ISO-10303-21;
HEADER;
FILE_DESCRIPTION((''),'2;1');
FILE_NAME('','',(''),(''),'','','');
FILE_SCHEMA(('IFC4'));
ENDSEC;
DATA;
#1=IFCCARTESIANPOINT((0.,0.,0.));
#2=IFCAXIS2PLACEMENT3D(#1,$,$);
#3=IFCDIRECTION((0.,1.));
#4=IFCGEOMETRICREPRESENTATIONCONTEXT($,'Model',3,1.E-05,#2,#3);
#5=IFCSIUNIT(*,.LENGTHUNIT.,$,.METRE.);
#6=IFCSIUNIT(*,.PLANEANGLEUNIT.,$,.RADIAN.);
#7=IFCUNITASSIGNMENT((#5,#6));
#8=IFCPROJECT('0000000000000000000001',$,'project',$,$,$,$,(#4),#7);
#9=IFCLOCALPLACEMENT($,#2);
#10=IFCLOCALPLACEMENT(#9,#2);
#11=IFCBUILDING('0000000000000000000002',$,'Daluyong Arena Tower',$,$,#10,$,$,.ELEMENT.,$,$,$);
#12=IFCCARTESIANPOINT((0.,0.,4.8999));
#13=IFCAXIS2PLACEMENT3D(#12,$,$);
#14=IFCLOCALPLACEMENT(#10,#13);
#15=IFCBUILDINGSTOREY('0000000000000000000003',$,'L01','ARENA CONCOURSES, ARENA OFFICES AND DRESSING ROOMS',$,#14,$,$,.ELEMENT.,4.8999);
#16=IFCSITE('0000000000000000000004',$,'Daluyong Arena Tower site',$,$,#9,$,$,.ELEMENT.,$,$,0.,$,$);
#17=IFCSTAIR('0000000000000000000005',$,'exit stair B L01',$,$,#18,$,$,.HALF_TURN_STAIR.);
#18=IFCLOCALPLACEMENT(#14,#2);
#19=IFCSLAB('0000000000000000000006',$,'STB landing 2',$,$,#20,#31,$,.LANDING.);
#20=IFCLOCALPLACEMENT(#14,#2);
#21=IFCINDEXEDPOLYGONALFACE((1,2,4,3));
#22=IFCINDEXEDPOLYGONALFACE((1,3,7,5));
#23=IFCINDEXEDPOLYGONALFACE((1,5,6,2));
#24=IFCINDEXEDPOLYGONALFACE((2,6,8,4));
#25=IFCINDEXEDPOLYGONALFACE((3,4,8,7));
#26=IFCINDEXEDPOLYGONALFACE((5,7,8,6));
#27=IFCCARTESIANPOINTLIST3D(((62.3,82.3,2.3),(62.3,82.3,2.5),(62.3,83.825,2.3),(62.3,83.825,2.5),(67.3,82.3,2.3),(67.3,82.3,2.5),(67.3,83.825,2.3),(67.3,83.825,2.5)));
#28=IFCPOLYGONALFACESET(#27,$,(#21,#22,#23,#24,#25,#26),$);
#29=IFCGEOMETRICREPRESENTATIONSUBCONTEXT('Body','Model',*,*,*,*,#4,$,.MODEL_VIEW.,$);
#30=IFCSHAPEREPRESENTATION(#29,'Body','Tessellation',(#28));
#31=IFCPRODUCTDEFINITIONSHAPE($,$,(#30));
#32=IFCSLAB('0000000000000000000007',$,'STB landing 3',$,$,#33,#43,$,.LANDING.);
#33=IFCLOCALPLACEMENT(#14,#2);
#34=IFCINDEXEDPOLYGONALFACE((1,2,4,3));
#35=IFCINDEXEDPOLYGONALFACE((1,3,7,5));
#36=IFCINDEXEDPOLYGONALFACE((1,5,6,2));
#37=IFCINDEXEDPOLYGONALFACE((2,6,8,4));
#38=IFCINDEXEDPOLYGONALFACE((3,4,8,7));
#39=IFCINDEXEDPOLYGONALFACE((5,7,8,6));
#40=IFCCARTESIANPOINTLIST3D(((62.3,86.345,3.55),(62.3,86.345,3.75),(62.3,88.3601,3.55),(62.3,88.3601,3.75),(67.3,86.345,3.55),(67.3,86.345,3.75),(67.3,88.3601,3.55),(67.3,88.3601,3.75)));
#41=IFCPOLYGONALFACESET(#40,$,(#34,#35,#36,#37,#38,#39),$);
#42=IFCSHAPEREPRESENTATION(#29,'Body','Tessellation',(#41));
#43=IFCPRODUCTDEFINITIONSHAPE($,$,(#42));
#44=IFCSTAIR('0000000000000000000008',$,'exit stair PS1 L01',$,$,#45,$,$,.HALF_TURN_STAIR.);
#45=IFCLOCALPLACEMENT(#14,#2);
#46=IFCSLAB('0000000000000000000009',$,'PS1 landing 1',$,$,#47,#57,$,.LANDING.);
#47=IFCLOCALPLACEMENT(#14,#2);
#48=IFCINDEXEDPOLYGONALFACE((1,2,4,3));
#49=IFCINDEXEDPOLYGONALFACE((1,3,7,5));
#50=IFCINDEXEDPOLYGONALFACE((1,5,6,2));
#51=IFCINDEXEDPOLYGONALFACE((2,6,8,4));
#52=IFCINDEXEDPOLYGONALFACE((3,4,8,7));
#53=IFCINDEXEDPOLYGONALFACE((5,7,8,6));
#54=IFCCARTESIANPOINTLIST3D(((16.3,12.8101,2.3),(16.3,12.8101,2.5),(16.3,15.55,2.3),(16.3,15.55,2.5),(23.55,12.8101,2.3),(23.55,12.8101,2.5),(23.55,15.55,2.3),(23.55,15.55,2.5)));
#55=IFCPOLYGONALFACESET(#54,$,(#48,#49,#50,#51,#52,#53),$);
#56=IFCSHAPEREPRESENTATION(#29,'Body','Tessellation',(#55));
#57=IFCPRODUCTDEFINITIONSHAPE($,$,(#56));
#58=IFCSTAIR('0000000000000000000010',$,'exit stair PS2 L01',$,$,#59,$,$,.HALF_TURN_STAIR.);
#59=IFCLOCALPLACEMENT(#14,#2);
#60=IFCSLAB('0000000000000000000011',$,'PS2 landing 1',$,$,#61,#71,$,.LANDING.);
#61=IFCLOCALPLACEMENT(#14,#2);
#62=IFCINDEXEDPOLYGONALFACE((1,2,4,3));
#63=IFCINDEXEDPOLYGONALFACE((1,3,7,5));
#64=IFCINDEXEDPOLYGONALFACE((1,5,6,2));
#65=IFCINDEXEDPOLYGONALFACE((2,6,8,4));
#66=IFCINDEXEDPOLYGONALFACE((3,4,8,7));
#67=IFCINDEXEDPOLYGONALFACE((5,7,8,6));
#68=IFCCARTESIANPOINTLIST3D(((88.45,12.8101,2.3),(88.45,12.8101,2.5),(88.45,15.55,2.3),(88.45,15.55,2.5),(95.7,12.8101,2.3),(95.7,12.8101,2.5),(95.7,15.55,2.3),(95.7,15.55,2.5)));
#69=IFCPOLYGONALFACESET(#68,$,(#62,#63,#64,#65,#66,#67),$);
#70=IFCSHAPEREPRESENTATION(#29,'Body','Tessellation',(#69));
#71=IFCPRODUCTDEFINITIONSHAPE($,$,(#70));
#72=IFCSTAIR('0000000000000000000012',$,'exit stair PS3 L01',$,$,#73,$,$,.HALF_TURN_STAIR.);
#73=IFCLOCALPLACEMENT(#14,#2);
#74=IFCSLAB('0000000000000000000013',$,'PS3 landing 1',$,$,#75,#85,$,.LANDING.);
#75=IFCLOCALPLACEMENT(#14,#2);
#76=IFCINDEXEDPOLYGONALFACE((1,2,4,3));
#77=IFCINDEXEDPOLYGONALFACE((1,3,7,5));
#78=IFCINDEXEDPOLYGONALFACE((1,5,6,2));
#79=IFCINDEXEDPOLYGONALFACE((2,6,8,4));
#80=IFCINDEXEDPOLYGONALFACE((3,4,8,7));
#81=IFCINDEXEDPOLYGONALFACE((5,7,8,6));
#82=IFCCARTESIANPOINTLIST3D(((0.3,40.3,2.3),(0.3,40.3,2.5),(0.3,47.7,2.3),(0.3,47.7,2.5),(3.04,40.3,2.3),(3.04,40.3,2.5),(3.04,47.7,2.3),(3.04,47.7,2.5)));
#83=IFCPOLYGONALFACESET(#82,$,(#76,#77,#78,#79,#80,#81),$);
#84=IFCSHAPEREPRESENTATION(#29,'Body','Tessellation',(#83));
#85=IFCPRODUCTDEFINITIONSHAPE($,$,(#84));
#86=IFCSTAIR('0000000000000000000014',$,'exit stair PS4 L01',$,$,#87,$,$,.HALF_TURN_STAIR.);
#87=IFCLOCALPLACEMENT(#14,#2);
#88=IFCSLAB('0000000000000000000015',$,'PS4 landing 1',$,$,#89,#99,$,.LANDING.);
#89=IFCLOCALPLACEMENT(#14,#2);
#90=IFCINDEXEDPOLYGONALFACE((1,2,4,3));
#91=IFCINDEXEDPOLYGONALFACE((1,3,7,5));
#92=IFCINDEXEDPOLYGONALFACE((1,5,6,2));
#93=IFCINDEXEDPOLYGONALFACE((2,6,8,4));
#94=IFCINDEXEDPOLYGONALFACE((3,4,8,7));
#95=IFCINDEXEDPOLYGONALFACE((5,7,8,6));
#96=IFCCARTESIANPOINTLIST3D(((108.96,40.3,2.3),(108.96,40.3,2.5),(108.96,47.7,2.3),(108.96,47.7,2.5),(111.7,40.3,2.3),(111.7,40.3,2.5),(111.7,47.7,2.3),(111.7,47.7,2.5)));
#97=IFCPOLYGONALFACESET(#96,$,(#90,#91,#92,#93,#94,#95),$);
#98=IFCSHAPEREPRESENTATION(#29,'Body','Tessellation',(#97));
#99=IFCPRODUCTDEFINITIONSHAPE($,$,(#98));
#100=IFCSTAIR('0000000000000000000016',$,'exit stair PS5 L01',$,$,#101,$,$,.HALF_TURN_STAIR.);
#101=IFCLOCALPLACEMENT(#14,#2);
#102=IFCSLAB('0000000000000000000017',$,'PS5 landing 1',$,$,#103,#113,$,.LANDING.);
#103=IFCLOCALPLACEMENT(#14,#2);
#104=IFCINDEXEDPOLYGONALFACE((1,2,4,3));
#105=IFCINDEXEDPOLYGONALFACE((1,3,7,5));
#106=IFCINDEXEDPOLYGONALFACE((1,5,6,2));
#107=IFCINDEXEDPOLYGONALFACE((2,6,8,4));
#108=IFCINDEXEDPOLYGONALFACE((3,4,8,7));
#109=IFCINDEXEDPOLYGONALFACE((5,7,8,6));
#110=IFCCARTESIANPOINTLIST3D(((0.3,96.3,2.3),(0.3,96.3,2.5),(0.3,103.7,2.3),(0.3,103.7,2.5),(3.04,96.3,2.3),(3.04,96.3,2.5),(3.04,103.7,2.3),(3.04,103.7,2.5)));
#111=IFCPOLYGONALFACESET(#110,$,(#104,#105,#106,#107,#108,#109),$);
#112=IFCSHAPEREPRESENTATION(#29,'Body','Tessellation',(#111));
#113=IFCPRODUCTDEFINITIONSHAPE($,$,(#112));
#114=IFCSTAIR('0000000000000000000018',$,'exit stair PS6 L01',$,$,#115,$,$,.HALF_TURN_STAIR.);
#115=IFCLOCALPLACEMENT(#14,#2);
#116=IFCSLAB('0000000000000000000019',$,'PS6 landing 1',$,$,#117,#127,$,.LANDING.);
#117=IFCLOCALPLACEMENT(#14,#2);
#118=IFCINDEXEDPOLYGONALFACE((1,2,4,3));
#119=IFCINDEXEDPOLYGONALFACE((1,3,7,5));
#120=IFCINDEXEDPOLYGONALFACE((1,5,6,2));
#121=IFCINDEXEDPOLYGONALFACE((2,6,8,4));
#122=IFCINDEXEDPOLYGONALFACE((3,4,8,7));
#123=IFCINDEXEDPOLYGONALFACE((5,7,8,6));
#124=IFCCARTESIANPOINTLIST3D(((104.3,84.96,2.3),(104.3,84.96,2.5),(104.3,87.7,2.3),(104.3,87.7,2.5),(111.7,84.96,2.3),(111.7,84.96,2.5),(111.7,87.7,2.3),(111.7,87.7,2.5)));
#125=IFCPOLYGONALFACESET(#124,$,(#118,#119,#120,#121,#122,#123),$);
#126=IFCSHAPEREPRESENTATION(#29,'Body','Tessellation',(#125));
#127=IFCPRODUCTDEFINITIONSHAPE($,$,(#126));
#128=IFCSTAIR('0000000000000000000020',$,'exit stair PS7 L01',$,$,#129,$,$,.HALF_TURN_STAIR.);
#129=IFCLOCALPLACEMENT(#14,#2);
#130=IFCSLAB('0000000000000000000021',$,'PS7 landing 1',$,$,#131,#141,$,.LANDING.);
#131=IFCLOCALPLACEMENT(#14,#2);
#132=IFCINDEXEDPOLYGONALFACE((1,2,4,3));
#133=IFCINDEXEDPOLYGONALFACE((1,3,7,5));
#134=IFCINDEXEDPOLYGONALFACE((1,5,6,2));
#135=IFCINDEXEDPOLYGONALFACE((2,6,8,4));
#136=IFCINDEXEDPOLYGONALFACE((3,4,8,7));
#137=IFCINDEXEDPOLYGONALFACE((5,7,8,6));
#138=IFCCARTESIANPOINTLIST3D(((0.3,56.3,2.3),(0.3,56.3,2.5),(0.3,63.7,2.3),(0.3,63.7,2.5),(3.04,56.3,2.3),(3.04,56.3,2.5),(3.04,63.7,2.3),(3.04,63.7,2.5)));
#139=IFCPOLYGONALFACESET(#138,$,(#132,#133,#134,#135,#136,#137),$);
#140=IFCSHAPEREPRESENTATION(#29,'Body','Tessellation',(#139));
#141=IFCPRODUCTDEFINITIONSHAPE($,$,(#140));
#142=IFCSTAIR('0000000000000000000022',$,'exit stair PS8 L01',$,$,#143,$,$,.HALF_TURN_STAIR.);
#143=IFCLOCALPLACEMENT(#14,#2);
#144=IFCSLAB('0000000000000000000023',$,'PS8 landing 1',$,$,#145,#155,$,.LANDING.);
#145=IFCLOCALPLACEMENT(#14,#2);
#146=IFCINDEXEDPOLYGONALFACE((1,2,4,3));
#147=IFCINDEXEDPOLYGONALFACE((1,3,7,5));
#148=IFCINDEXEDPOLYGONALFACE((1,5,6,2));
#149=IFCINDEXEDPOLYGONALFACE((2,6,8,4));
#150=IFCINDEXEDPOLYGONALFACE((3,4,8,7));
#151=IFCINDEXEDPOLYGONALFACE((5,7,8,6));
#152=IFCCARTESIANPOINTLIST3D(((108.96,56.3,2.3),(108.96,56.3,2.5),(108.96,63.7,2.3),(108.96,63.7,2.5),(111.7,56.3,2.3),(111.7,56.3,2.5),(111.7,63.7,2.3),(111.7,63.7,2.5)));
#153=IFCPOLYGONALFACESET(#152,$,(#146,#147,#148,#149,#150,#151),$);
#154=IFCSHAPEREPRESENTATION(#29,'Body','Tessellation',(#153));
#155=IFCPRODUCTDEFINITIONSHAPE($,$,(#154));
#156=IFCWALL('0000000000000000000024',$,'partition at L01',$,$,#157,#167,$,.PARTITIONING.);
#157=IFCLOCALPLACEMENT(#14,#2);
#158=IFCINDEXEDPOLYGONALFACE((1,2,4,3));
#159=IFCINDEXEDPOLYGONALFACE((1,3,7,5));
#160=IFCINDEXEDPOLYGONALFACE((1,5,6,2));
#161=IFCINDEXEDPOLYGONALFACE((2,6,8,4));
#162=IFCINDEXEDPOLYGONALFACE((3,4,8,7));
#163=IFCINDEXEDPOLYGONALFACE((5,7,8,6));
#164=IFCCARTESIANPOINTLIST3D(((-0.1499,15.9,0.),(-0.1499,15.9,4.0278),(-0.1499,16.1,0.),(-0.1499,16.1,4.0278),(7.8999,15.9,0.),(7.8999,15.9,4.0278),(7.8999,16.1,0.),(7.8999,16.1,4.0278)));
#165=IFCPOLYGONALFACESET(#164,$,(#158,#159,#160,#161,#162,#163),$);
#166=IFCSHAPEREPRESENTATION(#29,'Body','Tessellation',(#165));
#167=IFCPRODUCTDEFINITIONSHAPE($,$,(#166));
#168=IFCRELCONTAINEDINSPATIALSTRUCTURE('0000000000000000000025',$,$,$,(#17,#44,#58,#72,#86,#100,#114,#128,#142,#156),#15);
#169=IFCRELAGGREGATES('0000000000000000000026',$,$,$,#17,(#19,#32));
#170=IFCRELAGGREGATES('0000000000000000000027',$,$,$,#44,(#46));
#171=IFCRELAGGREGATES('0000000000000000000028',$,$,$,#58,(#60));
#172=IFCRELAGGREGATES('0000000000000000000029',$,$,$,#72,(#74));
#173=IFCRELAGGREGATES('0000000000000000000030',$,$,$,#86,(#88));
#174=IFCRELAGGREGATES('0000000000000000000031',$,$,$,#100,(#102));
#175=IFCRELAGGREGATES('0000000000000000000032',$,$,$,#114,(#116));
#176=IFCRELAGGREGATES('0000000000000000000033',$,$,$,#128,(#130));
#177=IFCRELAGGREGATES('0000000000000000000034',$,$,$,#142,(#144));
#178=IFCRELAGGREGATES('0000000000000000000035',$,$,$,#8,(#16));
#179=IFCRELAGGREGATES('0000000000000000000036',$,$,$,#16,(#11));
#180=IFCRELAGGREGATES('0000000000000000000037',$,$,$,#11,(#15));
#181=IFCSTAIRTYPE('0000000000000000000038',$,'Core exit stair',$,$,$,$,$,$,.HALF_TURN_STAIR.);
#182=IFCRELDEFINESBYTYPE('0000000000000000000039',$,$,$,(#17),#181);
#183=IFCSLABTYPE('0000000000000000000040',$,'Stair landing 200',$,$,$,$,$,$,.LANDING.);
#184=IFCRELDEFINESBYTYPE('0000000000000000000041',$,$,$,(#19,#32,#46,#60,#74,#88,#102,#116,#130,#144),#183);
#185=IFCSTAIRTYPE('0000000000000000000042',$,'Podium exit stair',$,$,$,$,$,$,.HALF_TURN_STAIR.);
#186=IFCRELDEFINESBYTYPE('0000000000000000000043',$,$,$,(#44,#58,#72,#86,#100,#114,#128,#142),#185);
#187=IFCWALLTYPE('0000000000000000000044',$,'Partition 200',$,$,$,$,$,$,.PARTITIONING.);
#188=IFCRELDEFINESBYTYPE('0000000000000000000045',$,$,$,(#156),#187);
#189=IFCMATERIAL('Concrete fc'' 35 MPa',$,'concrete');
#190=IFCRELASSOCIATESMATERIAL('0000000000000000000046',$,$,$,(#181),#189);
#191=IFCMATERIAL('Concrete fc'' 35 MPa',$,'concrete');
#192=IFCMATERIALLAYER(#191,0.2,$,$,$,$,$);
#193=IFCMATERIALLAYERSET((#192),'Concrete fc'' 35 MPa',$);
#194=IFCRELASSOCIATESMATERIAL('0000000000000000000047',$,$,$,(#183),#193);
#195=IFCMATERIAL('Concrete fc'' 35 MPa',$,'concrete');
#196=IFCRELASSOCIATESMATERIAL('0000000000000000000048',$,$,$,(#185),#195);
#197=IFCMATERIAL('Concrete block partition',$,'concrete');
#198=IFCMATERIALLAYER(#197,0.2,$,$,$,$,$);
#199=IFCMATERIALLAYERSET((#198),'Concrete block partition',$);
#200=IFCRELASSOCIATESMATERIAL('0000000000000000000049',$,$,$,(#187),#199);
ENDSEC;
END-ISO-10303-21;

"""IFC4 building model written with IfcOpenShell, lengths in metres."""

from ifc_helpers import new_model, si_unit, direction, frame, frame_2d, origin, place, context, subcontext, project, spatial, polyline, rectangle, outline, extrude, material, layer, layer_set, type_object, element, aggregate, save


model = new_model("IFC4")

# Units and contexts
model_context = context("Model", 3, precision=1e-05, world=origin(), true_north=direction((0.0, 1.0)))
body_context = subcontext(model_context, "Body", "Model", "MODEL_VIEW")
ifc_project = project(units=[si_unit("LENGTHUNIT", "METRE"), si_unit("PLANEANGLEUNIT", "RADIAN")], contexts=[model_context])

# Site, building, storey
site_placement = place(None, origin())
site = spatial("IfcSite", under=ifc_project, at=site_placement, Name="Daluyong Arena Tower site", CompositionType="ELEMENT", RefElevation=0.0)
building_placement = place(site_placement, origin())
building = spatial("IfcBuilding", under=site, at=building_placement, Name="Daluyong Arena Tower", CompositionType="ELEMENT")
storey_placement = place(building_placement, frame((0.0, 0.0, 4.8999)))
storey = spatial("IfcBuildingStorey", under=building, at=storey_placement, Name="L01", Description="ARENA CONCOURSES, ARENA OFFICES AND DRESSING ROOMS", CompositionType="ELEMENT", Elevation=4.8999)

# Stair, slabs
ifc_material_1 = material(Name="Concrete fc' 35 MPa", Category="concrete")
stair_type_1 = type_object("IfcStairType", Name="Core exit stair", PredefinedType="HALF_TURN_STAIR", material=ifc_material_1)
ifc_material_2 = material(Name="Concrete fc' 35 MPa", Category="concrete")
ifc_layer_1 = layer(ifc_material_2, 0.2)
ifc_layer_set_1 = layer_set([ifc_layer_1], Name="Concrete fc' 35 MPa")
slab_type = type_object("IfcSlabType", Name="Stair landing 200", PredefinedType="LANDING", material=ifc_layer_set_1)
stair_1_placement = place(storey_placement, origin())
stair_1 = element("IfcStair", 1, at=stair_1_placement, inside=storey, type_object=stair_type_1, Name="exit stair B L01", PredefinedType="HALF_TURN_STAIR")
slab_1_placement = place(storey_placement, frame((0.0, 0.0, 2.3)))
slab_1 = element("IfcSlab", 2, at=slab_1_placement, type_object=slab_type, Name="STB landing 2", PredefinedType="LANDING", context=body_context, shape_type="SweptSolid", body=[
    extrude(outline(polyline([(62.3, 82.3), (67.3, 82.3), (67.3, 83.825), (62.3, 83.825), (62.3, 82.3)])), origin(), (0.0, 0.0, 1.0), 0.2),
])
slab_2_placement = place(storey_placement, frame((0.0, 0.0, 3.55)))
slab_2 = element("IfcSlab", 3, at=slab_2_placement, type_object=slab_type, Name="STB landing 3", PredefinedType="LANDING", context=body_context, shape_type="SweptSolid", body=[
    extrude(outline(polyline([(62.3, 86.345), (67.3, 86.345), (67.3, 88.3601), (62.3, 88.3601), (62.3, 86.345)])), origin(), (0.0, 0.0, 1.0), 0.2),
])
aggregate(stair_1, [slab_1, slab_2])

# Stairs, slabs
ifc_material_3 = material(Name="Concrete fc' 35 MPa", Category="concrete")
stair_type_2 = type_object("IfcStairType", Name="Podium exit stair", PredefinedType="HALF_TURN_STAIR", material=ifc_material_3)
stair_2_placement = place(storey_placement, origin())
stair_2 = element("IfcStair", 4, at=stair_2_placement, inside=storey, type_object=stair_type_2, Name="exit stair PS1 L01", PredefinedType="HALF_TURN_STAIR")
slab_3_placement = place(storey_placement, frame((0.0, 0.0, 2.3)))
slab_3 = element("IfcSlab", 5, at=slab_3_placement, type_object=slab_type, Name="PS1 landing 1", PredefinedType="LANDING", context=body_context, shape_type="SweptSolid", body=[
    extrude(outline(polyline([(16.3, 12.8101), (23.55, 12.8101), (23.55, 15.55), (16.3, 15.55), (16.3, 12.8101)])), origin(), (0.0, 0.0, 1.0), 0.2),
])
aggregate(stair_2, [slab_3])
stair_3_placement = place(storey_placement, origin())
stair_3 = element("IfcStair", 6, at=stair_3_placement, inside=storey, type_object=stair_type_2, Name="exit stair PS2 L01", PredefinedType="HALF_TURN_STAIR")
slab_4_placement = place(storey_placement, frame((0.0, 0.0, 2.3)))
slab_4 = element("IfcSlab", 7, at=slab_4_placement, type_object=slab_type, Name="PS2 landing 1", PredefinedType="LANDING", context=body_context, shape_type="SweptSolid", body=[
    extrude(outline(polyline([(88.45, 12.8101), (95.7, 12.8101), (95.7, 15.55), (88.45, 15.55), (88.45, 12.8101)])), origin(), (0.0, 0.0, 1.0), 0.2),
])
aggregate(stair_3, [slab_4])
stair_4_placement = place(storey_placement, origin())
stair_4 = element("IfcStair", 8, at=stair_4_placement, inside=storey, type_object=stair_type_2, Name="exit stair PS3 L01", PredefinedType="HALF_TURN_STAIR")
slab_5_placement = place(storey_placement, frame((0.0, 0.0, 2.3)))
slab_5 = element("IfcSlab", 9, at=slab_5_placement, type_object=slab_type, Name="PS3 landing 1", PredefinedType="LANDING", context=body_context, shape_type="SweptSolid", body=[
    extrude(outline(polyline([(3.04, 40.3), (3.04, 47.7), (0.3, 47.7), (0.3, 40.3), (3.04, 40.3)])), origin(), (0.0, 0.0, 1.0), 0.2),
])
aggregate(stair_4, [slab_5])
stair_5_placement = place(storey_placement, origin())
stair_5 = element("IfcStair", 10, at=stair_5_placement, inside=storey, type_object=stair_type_2, Name="exit stair PS4 L01", PredefinedType="HALF_TURN_STAIR")
slab_6_placement = place(storey_placement, frame((0.0, 0.0, 2.3)))
slab_6 = element("IfcSlab", 11, at=slab_6_placement, type_object=slab_type, Name="PS4 landing 1", PredefinedType="LANDING", context=body_context, shape_type="SweptSolid", body=[
    extrude(outline(polyline([(111.7, 40.3), (111.7, 47.7), (108.96, 47.7), (108.96, 40.3), (111.7, 40.3)])), origin(), (0.0, 0.0, 1.0), 0.2),
])
aggregate(stair_5, [slab_6])
stair_6_placement = place(storey_placement, origin())
stair_6 = element("IfcStair", 12, at=stair_6_placement, inside=storey, type_object=stair_type_2, Name="exit stair PS5 L01", PredefinedType="HALF_TURN_STAIR")
slab_7_placement = place(storey_placement, frame((0.0, 0.0, 2.3)))
slab_7 = element("IfcSlab", 13, at=slab_7_placement, type_object=slab_type, Name="PS5 landing 1", PredefinedType="LANDING", context=body_context, shape_type="SweptSolid", body=[
    extrude(outline(polyline([(3.04, 96.3), (3.04, 103.7), (0.3, 103.7), (0.3, 96.3), (3.04, 96.3)])), origin(), (0.0, 0.0, 1.0), 0.2),
])
aggregate(stair_6, [slab_7])
stair_7_placement = place(storey_placement, origin())
stair_7 = element("IfcStair", 14, at=stair_7_placement, inside=storey, type_object=stair_type_2, Name="exit stair PS6 L01", PredefinedType="HALF_TURN_STAIR")
slab_8_placement = place(storey_placement, frame((0.0, 0.0, 2.3)))
slab_8 = element("IfcSlab", 15, at=slab_8_placement, type_object=slab_type, Name="PS6 landing 1", PredefinedType="LANDING", context=body_context, shape_type="SweptSolid", body=[
    extrude(outline(polyline([(104.3, 84.96), (111.7, 84.96), (111.7, 87.7), (104.3, 87.7), (104.3, 84.96)])), origin(), (0.0, 0.0, 1.0), 0.2),
])
aggregate(stair_7, [slab_8])
stair_8_placement = place(storey_placement, origin())
stair_8 = element("IfcStair", 16, at=stair_8_placement, inside=storey, type_object=stair_type_2, Name="exit stair PS7 L01", PredefinedType="HALF_TURN_STAIR")
slab_9_placement = place(storey_placement, frame((0.0, 0.0, 2.3)))
slab_9 = element("IfcSlab", 17, at=slab_9_placement, type_object=slab_type, Name="PS7 landing 1", PredefinedType="LANDING", context=body_context, shape_type="SweptSolid", body=[
    extrude(outline(polyline([(3.04, 56.3), (3.04, 63.7), (0.3, 63.7), (0.3, 56.3), (3.04, 56.3)])), origin(), (0.0, 0.0, 1.0), 0.2),
])
aggregate(stair_8, [slab_9])
stair_9_placement = place(storey_placement, origin())
stair_9 = element("IfcStair", 18, at=stair_9_placement, inside=storey, type_object=stair_type_2, Name="exit stair PS8 L01", PredefinedType="HALF_TURN_STAIR")
slab_10_placement = place(storey_placement, frame((0.0, 0.0, 2.3)))
slab_10 = element("IfcSlab", 19, at=slab_10_placement, type_object=slab_type, Name="PS8 landing 1", PredefinedType="LANDING", context=body_context, shape_type="SweptSolid", body=[
    extrude(outline(polyline([(111.7, 56.3), (111.7, 63.7), (108.96, 63.7), (108.96, 56.3), (111.7, 56.3)])), origin(), (0.0, 0.0, 1.0), 0.2),
])
aggregate(stair_9, [slab_10])

# Wall
ifc_material_4 = material(Name="Concrete block partition", Category="concrete")
ifc_layer_2 = layer(ifc_material_4, 0.2)
ifc_layer_set_2 = layer_set([ifc_layer_2], Name="Concrete block partition")
wall_type = type_object("IfcWallType", Name="Partition 200", PredefinedType="PARTITIONING", material=ifc_layer_set_2)
wall_placement = place(storey_placement, frame((-0.1499, 16.0, 0.0), z_axis=(0.0, 0.0, 1.0), x_axis=(1.0, 0.0, 0.0)))
element("IfcWall", 20, at=wall_placement, inside=storey, type_object=wall_type, Name="partition at L01", PredefinedType="PARTITIONING", context=body_context, shape_type="SweptSolid", body=[
    extrude(rectangle(XDim=8.0498, YDim=0.2, at=frame_2d((4.0249, 0.0))), origin(), (0.0, 0.0, 1.0), 4.0278),
])

save(model, "model.ifc")
